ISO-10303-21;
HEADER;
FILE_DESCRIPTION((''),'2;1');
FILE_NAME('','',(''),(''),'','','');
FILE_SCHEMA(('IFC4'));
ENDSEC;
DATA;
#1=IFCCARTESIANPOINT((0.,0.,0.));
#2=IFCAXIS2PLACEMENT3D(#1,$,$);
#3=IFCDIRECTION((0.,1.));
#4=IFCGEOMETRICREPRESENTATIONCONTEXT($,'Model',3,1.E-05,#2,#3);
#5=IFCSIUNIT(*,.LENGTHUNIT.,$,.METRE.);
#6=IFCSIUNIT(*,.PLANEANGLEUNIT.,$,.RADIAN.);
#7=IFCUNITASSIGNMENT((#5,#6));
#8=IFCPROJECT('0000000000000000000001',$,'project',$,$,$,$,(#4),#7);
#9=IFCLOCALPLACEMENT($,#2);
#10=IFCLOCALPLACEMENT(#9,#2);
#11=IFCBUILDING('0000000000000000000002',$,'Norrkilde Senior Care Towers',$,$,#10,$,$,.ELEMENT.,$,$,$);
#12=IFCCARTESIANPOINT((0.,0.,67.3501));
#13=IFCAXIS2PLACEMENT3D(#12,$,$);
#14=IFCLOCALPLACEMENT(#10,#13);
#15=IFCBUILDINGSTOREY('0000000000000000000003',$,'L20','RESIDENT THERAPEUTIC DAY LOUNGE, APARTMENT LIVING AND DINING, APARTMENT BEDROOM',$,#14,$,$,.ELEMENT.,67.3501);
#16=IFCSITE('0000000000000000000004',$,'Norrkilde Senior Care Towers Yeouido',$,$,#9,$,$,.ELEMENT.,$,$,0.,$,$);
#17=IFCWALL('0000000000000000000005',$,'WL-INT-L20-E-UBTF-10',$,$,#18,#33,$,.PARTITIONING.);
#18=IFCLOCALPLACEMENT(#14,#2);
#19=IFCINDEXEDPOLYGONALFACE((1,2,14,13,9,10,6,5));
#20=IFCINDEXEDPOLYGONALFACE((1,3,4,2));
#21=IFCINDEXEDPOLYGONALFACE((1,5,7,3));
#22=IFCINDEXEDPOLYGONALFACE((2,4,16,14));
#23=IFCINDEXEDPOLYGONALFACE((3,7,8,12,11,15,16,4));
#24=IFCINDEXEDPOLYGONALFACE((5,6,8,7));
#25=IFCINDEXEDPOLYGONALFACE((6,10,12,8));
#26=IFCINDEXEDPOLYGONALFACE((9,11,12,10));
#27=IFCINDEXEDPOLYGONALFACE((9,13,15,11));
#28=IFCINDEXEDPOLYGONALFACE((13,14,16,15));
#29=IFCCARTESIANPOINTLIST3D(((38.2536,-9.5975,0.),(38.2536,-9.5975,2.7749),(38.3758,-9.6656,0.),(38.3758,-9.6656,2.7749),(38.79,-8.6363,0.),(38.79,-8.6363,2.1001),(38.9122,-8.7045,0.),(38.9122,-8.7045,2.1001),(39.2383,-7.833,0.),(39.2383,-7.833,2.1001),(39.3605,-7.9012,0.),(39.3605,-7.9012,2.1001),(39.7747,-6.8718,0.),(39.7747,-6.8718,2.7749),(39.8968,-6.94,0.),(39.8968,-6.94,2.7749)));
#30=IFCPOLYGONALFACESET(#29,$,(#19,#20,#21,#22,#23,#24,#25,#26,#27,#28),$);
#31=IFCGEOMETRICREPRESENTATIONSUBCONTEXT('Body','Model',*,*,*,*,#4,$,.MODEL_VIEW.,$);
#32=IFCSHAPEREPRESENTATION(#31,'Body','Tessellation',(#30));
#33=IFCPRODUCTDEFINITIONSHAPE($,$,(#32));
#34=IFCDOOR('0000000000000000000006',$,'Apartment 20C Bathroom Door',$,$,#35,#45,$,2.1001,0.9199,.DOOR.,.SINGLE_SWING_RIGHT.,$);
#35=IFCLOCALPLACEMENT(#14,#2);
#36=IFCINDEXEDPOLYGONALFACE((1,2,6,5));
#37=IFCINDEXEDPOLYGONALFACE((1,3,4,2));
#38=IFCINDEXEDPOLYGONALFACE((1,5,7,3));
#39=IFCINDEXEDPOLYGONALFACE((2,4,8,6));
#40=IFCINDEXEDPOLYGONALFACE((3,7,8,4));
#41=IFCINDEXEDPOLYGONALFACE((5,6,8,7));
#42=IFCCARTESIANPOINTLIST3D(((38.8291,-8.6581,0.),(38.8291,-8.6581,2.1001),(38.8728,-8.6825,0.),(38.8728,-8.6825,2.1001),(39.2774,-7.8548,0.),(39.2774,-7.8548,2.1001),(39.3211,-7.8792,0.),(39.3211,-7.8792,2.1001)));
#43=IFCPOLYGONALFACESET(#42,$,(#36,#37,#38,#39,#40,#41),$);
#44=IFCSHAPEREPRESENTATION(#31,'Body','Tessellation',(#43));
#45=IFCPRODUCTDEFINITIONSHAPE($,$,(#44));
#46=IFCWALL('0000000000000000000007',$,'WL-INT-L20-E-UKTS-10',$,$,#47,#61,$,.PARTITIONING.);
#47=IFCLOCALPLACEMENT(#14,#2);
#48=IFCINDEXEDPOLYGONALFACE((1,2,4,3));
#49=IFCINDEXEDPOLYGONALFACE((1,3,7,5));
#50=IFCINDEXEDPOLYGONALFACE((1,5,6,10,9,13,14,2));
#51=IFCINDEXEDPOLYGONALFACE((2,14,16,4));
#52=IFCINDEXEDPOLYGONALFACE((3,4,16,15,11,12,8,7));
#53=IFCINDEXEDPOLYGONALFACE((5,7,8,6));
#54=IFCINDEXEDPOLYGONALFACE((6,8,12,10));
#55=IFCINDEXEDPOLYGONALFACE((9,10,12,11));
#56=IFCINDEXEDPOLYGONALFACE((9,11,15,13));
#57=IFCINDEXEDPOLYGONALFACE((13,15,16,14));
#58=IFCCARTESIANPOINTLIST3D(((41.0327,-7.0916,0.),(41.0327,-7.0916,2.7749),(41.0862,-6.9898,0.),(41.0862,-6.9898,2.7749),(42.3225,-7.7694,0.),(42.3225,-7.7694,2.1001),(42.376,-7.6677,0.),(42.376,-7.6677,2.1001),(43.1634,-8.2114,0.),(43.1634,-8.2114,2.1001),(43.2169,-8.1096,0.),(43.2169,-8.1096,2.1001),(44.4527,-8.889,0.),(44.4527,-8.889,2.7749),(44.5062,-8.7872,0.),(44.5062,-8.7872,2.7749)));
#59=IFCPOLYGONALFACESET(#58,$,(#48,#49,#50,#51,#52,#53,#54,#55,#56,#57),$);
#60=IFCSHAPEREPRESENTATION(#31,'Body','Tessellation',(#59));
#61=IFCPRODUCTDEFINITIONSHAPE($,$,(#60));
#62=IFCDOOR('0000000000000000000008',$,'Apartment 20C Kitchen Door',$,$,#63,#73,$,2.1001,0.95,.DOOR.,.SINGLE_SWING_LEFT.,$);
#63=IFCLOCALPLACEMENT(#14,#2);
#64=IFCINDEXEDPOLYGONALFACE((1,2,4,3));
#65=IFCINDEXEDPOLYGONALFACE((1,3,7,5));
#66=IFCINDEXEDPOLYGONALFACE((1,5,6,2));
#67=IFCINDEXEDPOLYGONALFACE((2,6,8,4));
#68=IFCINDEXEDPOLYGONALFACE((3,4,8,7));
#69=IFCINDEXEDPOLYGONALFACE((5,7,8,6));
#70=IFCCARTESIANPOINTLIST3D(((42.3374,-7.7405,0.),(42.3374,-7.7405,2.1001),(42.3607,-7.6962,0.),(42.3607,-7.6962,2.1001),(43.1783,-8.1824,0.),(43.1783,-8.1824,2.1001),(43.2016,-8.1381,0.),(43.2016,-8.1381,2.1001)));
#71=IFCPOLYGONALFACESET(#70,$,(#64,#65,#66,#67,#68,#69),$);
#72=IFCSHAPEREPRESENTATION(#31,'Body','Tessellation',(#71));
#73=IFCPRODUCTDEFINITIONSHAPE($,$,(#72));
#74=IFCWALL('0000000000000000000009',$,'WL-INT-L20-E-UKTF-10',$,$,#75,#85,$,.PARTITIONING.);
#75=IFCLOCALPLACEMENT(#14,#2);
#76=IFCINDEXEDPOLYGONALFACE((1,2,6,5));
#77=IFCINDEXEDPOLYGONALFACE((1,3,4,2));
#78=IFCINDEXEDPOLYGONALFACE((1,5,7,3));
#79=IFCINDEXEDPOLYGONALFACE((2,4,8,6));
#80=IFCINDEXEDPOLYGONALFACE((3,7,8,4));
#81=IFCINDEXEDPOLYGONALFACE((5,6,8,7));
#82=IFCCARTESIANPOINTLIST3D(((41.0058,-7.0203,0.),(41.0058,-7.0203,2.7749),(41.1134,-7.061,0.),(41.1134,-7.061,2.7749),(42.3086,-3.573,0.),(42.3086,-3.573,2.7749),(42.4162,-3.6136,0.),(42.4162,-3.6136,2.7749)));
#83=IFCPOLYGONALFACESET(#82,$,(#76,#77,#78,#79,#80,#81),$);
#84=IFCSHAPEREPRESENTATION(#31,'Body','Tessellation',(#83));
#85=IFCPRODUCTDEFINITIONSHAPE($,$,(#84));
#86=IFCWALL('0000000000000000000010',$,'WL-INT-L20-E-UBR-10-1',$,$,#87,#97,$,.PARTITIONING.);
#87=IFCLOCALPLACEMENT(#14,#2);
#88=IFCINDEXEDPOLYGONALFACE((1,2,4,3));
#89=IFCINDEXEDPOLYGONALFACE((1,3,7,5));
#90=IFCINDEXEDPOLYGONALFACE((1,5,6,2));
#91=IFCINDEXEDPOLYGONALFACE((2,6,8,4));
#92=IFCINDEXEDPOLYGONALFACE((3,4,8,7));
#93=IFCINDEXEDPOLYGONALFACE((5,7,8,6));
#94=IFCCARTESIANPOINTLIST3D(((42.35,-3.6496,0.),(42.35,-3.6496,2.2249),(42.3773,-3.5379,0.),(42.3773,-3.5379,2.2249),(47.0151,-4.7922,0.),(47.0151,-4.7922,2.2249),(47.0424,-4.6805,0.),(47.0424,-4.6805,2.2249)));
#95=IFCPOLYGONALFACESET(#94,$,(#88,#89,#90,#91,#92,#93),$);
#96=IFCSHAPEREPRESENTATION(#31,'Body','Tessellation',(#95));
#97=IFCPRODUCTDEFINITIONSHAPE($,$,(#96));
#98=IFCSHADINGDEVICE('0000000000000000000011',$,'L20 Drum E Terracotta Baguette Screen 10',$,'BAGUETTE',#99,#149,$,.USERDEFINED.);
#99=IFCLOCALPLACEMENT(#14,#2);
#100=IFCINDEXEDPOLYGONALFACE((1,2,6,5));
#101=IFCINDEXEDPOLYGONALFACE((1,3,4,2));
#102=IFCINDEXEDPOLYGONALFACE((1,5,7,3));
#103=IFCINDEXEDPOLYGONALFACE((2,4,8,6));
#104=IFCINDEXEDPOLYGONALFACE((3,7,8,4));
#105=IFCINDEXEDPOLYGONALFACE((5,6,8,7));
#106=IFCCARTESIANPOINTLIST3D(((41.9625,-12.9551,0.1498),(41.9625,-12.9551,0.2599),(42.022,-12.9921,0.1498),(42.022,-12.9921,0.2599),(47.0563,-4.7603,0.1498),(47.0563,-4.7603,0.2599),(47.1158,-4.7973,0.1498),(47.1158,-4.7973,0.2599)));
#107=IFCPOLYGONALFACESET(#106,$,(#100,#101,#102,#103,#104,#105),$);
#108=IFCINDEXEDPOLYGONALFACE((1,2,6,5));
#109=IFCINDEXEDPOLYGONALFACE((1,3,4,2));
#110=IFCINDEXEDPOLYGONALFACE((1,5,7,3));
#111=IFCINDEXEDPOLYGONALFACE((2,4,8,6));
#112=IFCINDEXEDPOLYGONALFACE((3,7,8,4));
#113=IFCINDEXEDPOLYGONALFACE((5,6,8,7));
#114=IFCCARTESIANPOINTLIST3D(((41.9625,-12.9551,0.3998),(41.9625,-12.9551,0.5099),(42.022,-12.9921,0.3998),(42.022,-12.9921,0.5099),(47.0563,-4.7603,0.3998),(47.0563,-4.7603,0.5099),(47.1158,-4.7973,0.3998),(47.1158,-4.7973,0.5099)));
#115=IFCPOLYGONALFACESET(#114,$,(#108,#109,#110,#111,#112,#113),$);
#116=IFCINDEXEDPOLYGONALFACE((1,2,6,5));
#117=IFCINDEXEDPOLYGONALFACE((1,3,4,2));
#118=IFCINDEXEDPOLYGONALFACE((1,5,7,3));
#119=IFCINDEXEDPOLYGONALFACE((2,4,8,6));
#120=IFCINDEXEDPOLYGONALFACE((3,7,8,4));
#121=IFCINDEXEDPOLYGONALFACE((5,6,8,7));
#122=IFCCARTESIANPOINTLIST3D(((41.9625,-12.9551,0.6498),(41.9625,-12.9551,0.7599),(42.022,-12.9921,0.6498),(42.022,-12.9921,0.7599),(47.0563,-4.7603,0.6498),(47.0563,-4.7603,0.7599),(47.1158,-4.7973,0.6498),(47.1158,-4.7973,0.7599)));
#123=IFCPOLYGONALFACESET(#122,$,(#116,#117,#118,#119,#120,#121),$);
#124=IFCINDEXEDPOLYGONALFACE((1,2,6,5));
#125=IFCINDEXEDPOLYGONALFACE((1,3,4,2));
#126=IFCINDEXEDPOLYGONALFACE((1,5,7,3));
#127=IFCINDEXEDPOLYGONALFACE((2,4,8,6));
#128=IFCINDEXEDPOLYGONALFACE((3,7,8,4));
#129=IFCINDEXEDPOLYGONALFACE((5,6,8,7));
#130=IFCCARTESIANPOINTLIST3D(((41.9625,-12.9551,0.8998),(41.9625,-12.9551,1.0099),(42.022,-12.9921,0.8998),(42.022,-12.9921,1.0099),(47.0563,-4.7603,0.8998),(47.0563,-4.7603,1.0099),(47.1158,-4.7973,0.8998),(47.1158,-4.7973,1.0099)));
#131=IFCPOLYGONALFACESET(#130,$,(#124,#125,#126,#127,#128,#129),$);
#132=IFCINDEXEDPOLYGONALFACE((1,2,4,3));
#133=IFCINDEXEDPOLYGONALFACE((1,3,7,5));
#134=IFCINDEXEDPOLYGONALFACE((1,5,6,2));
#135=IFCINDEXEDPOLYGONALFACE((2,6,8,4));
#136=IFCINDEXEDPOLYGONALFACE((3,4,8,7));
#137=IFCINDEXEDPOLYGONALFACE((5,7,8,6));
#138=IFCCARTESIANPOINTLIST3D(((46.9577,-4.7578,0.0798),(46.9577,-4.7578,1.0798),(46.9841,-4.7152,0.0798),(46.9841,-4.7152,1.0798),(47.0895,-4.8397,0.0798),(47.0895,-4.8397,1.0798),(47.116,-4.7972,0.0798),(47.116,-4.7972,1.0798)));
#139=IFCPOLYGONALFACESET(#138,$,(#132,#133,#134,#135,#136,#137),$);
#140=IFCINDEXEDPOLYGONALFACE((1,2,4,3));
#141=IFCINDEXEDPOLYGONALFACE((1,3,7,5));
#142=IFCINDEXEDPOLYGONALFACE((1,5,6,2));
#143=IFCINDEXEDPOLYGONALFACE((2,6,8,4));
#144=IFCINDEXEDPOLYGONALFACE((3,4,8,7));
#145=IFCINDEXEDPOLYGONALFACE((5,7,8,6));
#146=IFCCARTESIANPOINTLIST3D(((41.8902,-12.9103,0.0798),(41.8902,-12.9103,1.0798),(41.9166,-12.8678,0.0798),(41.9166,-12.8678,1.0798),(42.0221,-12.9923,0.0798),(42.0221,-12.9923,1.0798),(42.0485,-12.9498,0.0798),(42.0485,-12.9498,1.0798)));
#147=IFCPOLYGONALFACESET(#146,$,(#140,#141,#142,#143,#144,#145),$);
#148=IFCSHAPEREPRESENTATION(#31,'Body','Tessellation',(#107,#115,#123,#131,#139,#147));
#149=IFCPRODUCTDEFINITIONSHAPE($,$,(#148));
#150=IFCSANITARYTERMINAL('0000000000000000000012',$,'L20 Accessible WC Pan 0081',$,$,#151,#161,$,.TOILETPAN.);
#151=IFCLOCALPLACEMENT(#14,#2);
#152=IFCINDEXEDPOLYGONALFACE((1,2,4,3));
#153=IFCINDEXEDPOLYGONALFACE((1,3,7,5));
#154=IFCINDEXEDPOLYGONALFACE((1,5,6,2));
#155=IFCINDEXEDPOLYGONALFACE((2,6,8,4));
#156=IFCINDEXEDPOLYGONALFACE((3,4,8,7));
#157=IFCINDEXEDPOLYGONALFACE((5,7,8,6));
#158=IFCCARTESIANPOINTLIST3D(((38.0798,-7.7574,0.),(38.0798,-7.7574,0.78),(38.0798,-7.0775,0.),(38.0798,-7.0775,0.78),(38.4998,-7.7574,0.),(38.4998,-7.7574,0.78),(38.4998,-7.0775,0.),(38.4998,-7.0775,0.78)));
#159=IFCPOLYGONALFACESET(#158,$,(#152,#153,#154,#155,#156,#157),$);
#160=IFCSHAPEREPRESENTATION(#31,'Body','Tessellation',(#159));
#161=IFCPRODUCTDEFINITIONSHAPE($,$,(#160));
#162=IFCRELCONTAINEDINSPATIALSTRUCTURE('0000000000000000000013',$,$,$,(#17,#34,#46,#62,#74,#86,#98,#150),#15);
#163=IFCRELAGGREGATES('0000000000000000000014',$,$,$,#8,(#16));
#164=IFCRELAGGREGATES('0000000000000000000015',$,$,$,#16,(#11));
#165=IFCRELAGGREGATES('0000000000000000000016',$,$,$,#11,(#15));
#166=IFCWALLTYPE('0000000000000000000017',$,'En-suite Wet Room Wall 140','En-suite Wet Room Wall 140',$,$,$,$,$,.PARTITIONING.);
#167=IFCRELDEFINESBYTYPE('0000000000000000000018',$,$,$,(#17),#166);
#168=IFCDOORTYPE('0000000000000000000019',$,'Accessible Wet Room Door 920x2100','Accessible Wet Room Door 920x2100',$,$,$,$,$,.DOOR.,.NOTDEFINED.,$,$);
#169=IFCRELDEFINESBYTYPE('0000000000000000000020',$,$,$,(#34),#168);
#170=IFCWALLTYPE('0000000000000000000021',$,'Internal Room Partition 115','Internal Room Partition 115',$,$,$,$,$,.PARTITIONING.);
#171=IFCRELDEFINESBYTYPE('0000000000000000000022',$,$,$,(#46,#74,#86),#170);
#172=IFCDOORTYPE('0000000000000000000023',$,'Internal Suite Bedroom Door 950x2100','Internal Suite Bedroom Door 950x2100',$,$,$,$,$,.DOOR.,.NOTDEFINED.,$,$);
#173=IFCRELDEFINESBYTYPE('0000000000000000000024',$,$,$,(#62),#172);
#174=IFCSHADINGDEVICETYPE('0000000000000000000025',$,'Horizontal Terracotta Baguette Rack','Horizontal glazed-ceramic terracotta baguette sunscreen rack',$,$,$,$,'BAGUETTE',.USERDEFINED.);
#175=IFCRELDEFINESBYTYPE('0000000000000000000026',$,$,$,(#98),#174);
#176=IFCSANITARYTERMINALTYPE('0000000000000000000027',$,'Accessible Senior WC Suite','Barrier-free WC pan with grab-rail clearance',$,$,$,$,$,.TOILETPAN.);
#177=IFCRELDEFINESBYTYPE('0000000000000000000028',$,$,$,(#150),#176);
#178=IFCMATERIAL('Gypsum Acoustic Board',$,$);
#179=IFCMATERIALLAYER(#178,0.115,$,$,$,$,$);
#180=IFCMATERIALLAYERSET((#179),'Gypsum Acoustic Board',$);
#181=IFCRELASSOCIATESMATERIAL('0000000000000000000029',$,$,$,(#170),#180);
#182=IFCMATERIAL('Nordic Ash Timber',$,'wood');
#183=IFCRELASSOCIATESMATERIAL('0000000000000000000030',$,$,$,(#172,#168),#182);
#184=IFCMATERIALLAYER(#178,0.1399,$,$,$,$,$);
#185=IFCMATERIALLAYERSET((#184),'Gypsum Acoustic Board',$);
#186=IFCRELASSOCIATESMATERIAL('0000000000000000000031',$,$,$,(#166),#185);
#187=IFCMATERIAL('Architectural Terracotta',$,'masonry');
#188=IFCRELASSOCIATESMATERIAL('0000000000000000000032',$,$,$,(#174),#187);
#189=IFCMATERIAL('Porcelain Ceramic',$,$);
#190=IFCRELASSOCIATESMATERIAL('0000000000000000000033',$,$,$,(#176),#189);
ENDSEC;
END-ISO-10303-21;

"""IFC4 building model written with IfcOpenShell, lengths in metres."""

from ifc_helpers import new_model, si_unit, direction, frame, frame_2d, origin, origin_2d, place, context, subcontext, project, spatial, rectangle, extrude, source, transform, mapped, material, layer, layer_set, type_object, type_shapes, element, fill, save


model = new_model("IFC4")

# Units and contexts
model_context = context("Model", 3, precision=1e-05, world=origin(), true_north=direction((0.0, 1.0)))
body_context = subcontext(model_context, "Body", "Model", "MODEL_VIEW")
ifc_project = project(units=[si_unit("LENGTHUNIT", "METRE"), si_unit("PLANEANGLEUNIT", "RADIAN")], contexts=[model_context])

# Site, building, storey
site_placement = place(None, origin())
site = spatial("IfcSite", under=ifc_project, at=site_placement, Name="Norrkilde Senior Care Towers Yeouido", CompositionType="ELEMENT", RefElevation=0.0)
building_placement = place(site_placement, origin())
building = spatial("IfcBuilding", under=site, at=building_placement, Name="Norrkilde Senior Care Towers", CompositionType="ELEMENT")
storey_placement = place(building_placement, frame((0.0, 0.0, 67.3501)))
storey = spatial("IfcBuildingStorey", under=building, at=storey_placement, Name="L20", Description="RESIDENT THERAPEUTIC DAY LOUNGE, APARTMENT LIVING AND DINING, APARTMENT BEDROOM", CompositionType="ELEMENT", Elevation=67.3501)

# Shared definitions
ifc_material_1 = material(Name="Gypsum Acoustic Board")
ifc_material_2 = material(Name="Nordic Ash Timber", Category="wood")

# Shared definitions
ifc_layer_1 = layer(ifc_material_1, 0.115)
ifc_layer_set_1 = layer_set([ifc_layer_1], Name="Gypsum Acoustic Board")
wall_type_1 = type_object("IfcWallType", Name="Internal Room Partition 115", Description="Internal Room Partition 115", PredefinedType="PARTITIONING", material=ifc_layer_set_1)
door_type_1 = type_object("IfcDoorType", Name="Internal Suite Bedroom Door 950x2100", Description="Internal Suite Bedroom Door 950x2100", OperationType="NOTDEFINED", PredefinedType="DOOR", material=ifc_material_2)
shared_shape_1 = source(origin(), body_context, "Body", "SweptSolid", [
    extrude(rectangle(XDim=0.95, YDim=2.1001, at=frame_2d((0.4751, 1.05))), frame((0.0, 0.0249, 0.0), z_axis=(0.0, -1.0, 0.0), x_axis=(1.0, 0.0, 0.0)), (0.0, 0.0, 1.0), 0.05),
])
type_shapes(door_type_1, [shared_shape_1])

# Shared definitions
ifc_layer_2 = layer(ifc_material_1, 0.1399)
ifc_layer_set_2 = layer_set([ifc_layer_2], Name="Gypsum Acoustic Board")
wall_type_2 = type_object("IfcWallType", Name="En-suite Wet Room Wall 140", Description="En-suite Wet Room Wall 140", PredefinedType="PARTITIONING", material=ifc_layer_set_2)

# Walls, openings, doors
shared_shape_2 = source(origin(), body_context, "Body", "SweptSolid", [
    extrude(rectangle(XDim=3.1213, YDim=0.1399, at=frame_2d((1.5605, 0.0))), origin(), (0.0, 0.0, 1.0), 2.7749),
])
wall_1_placement = place(storey_placement, frame((39.8357, -6.906, 0.0), z_axis=(0.0, 0.0, 1.0), x_axis=(-0.487302, -0.873233, 0.0)))
wall_1 = element("IfcWall", 1, at=wall_1_placement, inside=storey, type_object=wall_type_2, Name="WL-INT-L20-E-UBTF-10", PredefinedType="PARTITIONING", context=body_context, shape_type="MappedRepresentation", body=[
    mapped(shared_shape_2, transform((0.0, 0.0, 0.0), x_axis=(1.0, 0.0, 0.0), y_axis=(0.0, 1.0, 0.0), z_axis=(0.0, 0.0, 1.0), scale=1.0)),
])
opening_1_placement = place(wall_1_placement, frame((1.1006, 0.0, 0.0)))
opening_1 = element("IfcOpeningElement", 2, at=opening_1_placement, cuts=wall_1, PredefinedType="OPENING", context=body_context, shape_type="SweptSolid", body=[
    extrude(rectangle(XDim=0.9199, YDim=2.1001, at=frame_2d((0.46, 1.05))), frame((0.0, 0.0798, 0.0), z_axis=(0.0, -1.0, 0.0), x_axis=(1.0, 0.0, 0.0)), (0.0, 0.0, 1.0), 0.1599),
])
door_type_2 = type_object("IfcDoorType", Name="Accessible Wet Room Door 920x2100", Description="Accessible Wet Room Door 920x2100", OperationType="NOTDEFINED", PredefinedType="DOOR", material=ifc_material_2)
shared_shape_3 = source(origin(), body_context, "Body", "SweptSolid", [
    extrude(rectangle(XDim=0.9199, YDim=2.1001, at=frame_2d((0.46, 1.05))), frame((0.0, 0.0249, 0.0), z_axis=(0.0, -1.0, 0.0), x_axis=(1.0, 0.0, 0.0)), (0.0, 0.0, 1.0), 0.05),
])
type_shapes(door_type_2, [shared_shape_3])
door_1_placement = place(opening_1_placement, origin())
door_1 = element("IfcDoor", 3, at=door_1_placement, inside=storey, type_object=door_type_2, Name="Apartment 20C Bathroom Door", OperationType="SINGLE_SWING_RIGHT", OverallHeight=2.1001, OverallWidth=0.9199, PredefinedType="DOOR", context=body_context, shape_type="MappedRepresentation", body=[
    mapped(shared_shape_3, transform((0.0, 0.0, 0.0), x_axis=(1.0, 0.0, 0.0), y_axis=(0.0, 1.0, 0.0), z_axis=(0.0, 0.0, 1.0), scale=1.0)),
])
fill(opening_1, door_1)
shared_shape_4 = source(origin(), body_context, "Body", "SweptSolid", [
    extrude(rectangle(XDim=3.8635, YDim=0.115, at=frame_2d((1.9316, 0.0))), origin(), (0.0, 0.0, 1.0), 2.7749),
])
wall_2_placement = place(storey_placement, frame((41.0596, -7.0408, 0.0), z_axis=(0.0, 0.0, 1.0), x_axis=(0.885195, -0.46522, 0.0)))
wall_2 = element("IfcWall", 4, at=wall_2_placement, inside=storey, type_object=wall_type_1, Name="WL-INT-L20-E-UKTS-10", PredefinedType="PARTITIONING", context=body_context, shape_type="MappedRepresentation", body=[
    mapped(shared_shape_4, transform((0.0, 0.0, 0.0), x_axis=(1.0, 0.0, 0.0), y_axis=(0.0, 1.0, 0.0), z_axis=(0.0, 0.0, 1.0), scale=1.0)),
])
opening_2_placement = place(wall_2_placement, frame((1.4568, 0.0, 0.0)))
opening_2 = element("IfcOpeningElement", 5, at=opening_2_placement, cuts=wall_2, PredefinedType="OPENING", context=body_context, shape_type="SweptSolid", body=[
    extrude(rectangle(XDim=0.95, YDim=2.1001, at=frame_2d((0.4751, 1.05))), frame((0.0, 0.0674, 0.0), z_axis=(0.0, -1.0, 0.0), x_axis=(1.0, 0.0, 0.0)), (0.0, 0.0, 1.0), 0.135),
])
door_2_placement = place(opening_2_placement, frame((0.95, 0.0, 0.0), z_axis=(0.0, 0.0, 1.0), x_axis=(-1.0, 0.0, 0.0)))
door_2 = element("IfcDoor", 6, at=door_2_placement, inside=storey, type_object=door_type_1, Name="Apartment 20C Kitchen Door", OperationType="SINGLE_SWING_LEFT", OverallHeight=2.1001, OverallWidth=0.95, PredefinedType="DOOR", context=body_context, shape_type="MappedRepresentation", body=[
    mapped(shared_shape_1, transform((0.0, 0.0, 0.0), x_axis=(1.0, 0.0, 0.0), y_axis=(0.0, 1.0, 0.0), z_axis=(0.0, 0.0, 1.0), scale=1.0)),
])
fill(opening_2, door_2)

# Walls
shared_shape_5 = source(origin(), body_context, "Body", "SweptSolid", [
    extrude(rectangle(XDim=3.6853, YDim=0.115, at=frame_2d((1.8428, 0.0))), origin(), (0.0, 0.0, 1.0), 2.7749),
])
wall_3_placement = place(storey_placement, frame((41.0596, -7.0408, 0.0), z_axis=(0.0, 0.0, 1.0), x_axis=(0.353504, 0.935433, 0.0)))
element("IfcWall", 7, at=wall_3_placement, inside=storey, type_object=wall_type_1, Name="WL-INT-L20-E-UKTF-10", PredefinedType="PARTITIONING", context=body_context, shape_type="MappedRepresentation", body=[
    mapped(shared_shape_5, transform((0.0, 0.0, 0.0), x_axis=(1.0, 0.0, 0.0), y_axis=(0.0, 1.0, 0.0), z_axis=(0.0, 0.0, 1.0), scale=1.0)),
])
shared_shape_6 = source(origin(), body_context, "Body", "SweptSolid", [
    extrude(rectangle(XDim=4.803, YDim=0.115, at=frame_2d((2.4014, 0.0))), origin(), (0.0, 0.0, 1.0), 2.2249),
])
wall_4_placement = place(storey_placement, frame((42.3638, -3.5938, 0.0), z_axis=(0.0, 0.0, 1.0), x_axis=(0.971292, -0.237892, 0.0)))
element("IfcWall", 8, at=wall_4_placement, inside=storey, type_object=wall_type_1, Name="WL-INT-L20-E-UBR-10-1", PredefinedType="PARTITIONING", context=body_context, shape_type="MappedRepresentation", body=[
    mapped(shared_shape_6, transform((0.0, 0.0, 0.0), x_axis=(1.0, 0.0, 0.0), y_axis=(0.0, 1.0, 0.0), z_axis=(0.0, 0.0, 1.0), scale=1.0)),
])

# Shading device
ifc_material_3 = material(Name="Architectural Terracotta", Category="masonry")
shading_device_type = type_object("IfcShadingDeviceType", Name="Horizontal Terracotta Baguette Rack", Description="Horizontal glazed-ceramic terracotta baguette sunscreen rack", ElementType="BAGUETTE", PredefinedType="USERDEFINED", material=ifc_material_3)
shared_shape_7 = source(origin(), body_context, "Body", "SweptSolid", [
    extrude(rectangle(XDim=0.0701, YDim=0.1101, at=origin_2d()), frame((0.0, 0.0901, 0.125), z_axis=(1.0, 0.0, 0.0), x_axis=(0.0, 1.0, 0.0)), (0.0, 0.0, 1.0), 9.6489),
    extrude(rectangle(XDim=0.0701, YDim=0.1101, at=origin_2d()), frame((0.0, 0.0901, 0.375), z_axis=(1.0, 0.0, 0.0), x_axis=(0.0, 1.0, 0.0)), (0.0, 0.0, 1.0), 9.6489),
    extrude(rectangle(XDim=0.0701, YDim=0.1101, at=origin_2d()), frame((0.0, 0.0901, 0.625), z_axis=(1.0, 0.0, 0.0), x_axis=(0.0, 1.0, 0.0)), (0.0, 0.0, 1.0), 9.6489),
    extrude(rectangle(XDim=0.0701, YDim=0.1101, at=origin_2d()), frame((0.0, 0.0901, 0.875), z_axis=(1.0, 0.0, 0.0), x_axis=(0.0, 1.0, 0.0)), (0.0, 0.0, 1.0), 9.6489),
    extrude(rectangle(XDim=0.05, YDim=0.1553, at=origin_2d()), frame((0.0249, 0.0476, 0.0)), (0.0, 0.0, 1.0), 1.0),
    extrude(rectangle(XDim=0.05, YDim=0.1553, at=origin_2d()), frame((9.624, 0.0476, 0.0)), (0.0, 0.0, 1.0), 1.0),
])
type_shapes(shading_device_type, [shared_shape_7])
shading_device_placement = place(storey_placement, frame((47.0095, -4.7312, 0.0798), z_axis=(0.0, 0.0, 1.0), x_axis=(-0.527909, -0.849299, 0.0)))
element("IfcShadingDevice", 9, at=shading_device_placement, inside=storey, type_object=shading_device_type, Name="L20 Drum E Terracotta Baguette Screen 10", ObjectType="BAGUETTE", PredefinedType="USERDEFINED", context=body_context, shape_type="MappedRepresentation", body=[
    mapped(shared_shape_7, transform((0.0, 0.0, 0.0), x_axis=(1.0, 0.0, 0.0), y_axis=(0.0, 1.0, 0.0), z_axis=(0.0, 0.0, 1.0), scale=1.0)),
])

# Sanitary terminal
ifc_material_4 = material(Name="Porcelain Ceramic")
sanitary_terminal_type_1 = type_object("IfcSanitaryTerminalType", Name="Accessible Senior WC Suite", Description="Barrier-free WC pan with grab-rail clearance", PredefinedType="TOILETPAN", material=ifc_material_4)
shared_shape_8 = source(origin(), body_context, "Body", "SweptSolid", [
    extrude(rectangle(XDim=0.4199, YDim=0.6799, at=origin_2d()), origin(), (0.0, 0.0, 1.0), 0.78),
])
type_shapes(sanitary_terminal_type_1, [shared_shape_8])
sanitary_terminal_1_placement = place(storey_placement, frame((38.2898, -7.4175, 0.0), z_axis=(0.0, 0.0, 1.0), x_axis=(1.0, 0.0, 0.0)))
element("IfcSanitaryTerminal", 10, at=sanitary_terminal_1_placement, inside=storey, type_object=sanitary_terminal_type_1, Name="L20 Accessible WC Pan 0081", PredefinedType="TOILETPAN", context=body_context, shape_type="MappedRepresentation", body=[
    mapped(shared_shape_8, transform((0.0, 0.0, 0.0), x_axis=(1.0, 0.0, 0.0), y_axis=(0.0, 1.0, 0.0), z_axis=(0.0, 0.0, 1.0), scale=1.0)),
])

save(model, "model.ifc")
